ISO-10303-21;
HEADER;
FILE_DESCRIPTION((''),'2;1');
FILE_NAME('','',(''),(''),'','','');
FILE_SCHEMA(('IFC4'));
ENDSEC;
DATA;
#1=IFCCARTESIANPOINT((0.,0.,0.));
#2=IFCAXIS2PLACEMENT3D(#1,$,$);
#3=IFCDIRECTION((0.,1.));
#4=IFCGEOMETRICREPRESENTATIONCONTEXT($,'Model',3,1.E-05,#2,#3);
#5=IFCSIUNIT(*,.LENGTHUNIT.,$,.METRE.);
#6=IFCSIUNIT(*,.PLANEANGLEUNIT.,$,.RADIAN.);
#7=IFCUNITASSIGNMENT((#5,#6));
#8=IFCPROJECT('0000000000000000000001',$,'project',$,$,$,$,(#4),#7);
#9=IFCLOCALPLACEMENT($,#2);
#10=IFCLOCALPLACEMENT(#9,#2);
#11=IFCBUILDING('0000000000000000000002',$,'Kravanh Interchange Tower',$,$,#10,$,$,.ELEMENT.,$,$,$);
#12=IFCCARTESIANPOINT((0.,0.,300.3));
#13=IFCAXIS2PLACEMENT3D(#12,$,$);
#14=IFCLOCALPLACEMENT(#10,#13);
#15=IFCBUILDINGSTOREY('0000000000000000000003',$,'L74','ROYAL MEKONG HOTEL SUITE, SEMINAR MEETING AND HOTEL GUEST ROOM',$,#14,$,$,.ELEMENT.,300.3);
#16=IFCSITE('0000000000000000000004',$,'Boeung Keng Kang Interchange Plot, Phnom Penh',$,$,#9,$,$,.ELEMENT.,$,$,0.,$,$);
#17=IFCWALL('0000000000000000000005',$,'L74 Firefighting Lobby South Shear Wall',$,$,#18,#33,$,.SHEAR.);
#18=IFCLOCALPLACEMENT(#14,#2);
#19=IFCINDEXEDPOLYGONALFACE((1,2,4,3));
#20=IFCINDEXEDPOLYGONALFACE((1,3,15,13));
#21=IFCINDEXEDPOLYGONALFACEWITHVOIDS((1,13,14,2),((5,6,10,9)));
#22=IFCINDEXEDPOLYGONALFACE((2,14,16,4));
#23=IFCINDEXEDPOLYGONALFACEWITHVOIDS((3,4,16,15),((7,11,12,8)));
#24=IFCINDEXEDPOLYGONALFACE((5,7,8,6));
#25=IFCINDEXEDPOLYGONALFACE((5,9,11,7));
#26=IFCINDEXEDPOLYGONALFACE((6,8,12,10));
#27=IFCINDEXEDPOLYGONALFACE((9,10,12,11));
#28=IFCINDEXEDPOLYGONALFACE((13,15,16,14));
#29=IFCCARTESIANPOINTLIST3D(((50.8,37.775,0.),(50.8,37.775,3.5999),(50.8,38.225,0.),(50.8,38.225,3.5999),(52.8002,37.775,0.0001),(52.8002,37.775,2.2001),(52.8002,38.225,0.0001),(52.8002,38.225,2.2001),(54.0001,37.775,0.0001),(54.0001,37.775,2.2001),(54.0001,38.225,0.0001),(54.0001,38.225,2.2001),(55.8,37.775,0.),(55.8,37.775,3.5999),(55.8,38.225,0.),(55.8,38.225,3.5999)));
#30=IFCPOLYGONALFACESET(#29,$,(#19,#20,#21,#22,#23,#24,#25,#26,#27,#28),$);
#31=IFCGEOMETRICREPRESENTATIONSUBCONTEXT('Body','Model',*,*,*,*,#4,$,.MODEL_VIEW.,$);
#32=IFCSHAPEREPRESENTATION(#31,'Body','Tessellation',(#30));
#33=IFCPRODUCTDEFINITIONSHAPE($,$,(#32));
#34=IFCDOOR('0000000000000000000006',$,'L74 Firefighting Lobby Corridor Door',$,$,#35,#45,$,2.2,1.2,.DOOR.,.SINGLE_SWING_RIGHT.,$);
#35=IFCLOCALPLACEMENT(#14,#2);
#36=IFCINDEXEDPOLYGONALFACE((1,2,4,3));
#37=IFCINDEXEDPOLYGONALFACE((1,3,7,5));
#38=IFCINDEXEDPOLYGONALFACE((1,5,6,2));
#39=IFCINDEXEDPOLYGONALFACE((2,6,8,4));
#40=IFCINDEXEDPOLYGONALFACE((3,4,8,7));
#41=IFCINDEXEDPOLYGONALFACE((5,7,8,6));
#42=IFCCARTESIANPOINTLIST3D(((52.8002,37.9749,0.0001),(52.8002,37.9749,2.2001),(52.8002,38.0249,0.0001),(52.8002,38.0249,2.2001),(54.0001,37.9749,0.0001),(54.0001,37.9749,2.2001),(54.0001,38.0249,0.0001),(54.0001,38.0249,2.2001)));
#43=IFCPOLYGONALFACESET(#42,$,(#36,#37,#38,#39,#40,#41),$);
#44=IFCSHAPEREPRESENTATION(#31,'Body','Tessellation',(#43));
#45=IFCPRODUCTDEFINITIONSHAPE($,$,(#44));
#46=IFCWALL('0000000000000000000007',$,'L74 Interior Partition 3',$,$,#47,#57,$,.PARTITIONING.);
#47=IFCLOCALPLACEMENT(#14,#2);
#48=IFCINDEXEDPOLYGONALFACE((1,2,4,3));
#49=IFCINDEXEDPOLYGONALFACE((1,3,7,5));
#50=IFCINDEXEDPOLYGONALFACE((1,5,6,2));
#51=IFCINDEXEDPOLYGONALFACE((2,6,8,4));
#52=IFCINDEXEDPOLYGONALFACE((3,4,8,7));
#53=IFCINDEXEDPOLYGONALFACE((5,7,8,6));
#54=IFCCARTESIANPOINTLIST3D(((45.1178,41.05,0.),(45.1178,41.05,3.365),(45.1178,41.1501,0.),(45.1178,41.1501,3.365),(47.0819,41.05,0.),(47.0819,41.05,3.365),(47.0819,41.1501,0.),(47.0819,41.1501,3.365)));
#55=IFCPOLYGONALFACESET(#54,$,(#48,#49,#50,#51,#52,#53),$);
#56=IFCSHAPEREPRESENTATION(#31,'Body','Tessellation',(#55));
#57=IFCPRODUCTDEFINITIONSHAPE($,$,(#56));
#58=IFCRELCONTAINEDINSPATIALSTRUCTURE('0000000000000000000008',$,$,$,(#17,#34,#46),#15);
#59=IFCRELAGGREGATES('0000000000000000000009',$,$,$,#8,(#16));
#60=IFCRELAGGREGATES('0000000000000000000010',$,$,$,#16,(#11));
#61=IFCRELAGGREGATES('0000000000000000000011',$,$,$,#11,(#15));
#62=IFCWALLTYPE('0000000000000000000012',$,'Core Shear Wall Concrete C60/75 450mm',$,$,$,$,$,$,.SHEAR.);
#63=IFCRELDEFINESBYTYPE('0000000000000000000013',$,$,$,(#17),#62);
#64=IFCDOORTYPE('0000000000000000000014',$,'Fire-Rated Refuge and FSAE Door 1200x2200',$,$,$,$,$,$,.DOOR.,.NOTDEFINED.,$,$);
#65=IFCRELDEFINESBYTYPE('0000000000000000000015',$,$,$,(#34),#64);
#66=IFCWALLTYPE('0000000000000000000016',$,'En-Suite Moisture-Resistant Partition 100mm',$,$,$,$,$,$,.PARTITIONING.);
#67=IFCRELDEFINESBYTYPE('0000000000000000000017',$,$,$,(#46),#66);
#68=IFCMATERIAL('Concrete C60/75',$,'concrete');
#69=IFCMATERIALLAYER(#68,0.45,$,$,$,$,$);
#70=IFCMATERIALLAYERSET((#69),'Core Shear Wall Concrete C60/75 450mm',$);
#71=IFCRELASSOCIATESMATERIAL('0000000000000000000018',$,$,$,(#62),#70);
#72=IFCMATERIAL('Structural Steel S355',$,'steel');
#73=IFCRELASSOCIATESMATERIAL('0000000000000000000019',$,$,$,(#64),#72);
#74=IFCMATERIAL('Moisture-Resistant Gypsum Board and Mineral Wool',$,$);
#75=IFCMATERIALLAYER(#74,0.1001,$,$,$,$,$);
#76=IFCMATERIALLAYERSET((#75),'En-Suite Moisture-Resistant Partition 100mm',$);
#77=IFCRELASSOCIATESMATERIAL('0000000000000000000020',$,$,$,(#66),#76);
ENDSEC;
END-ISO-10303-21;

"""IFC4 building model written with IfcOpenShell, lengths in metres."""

from ifc_helpers import new_model, si_unit, direction, frame, frame_2d, origin, place, context, subcontext, project, spatial, rectangle, extrude, material, layer, layer_set, type_object, element, fill, save


model = new_model("IFC4")

# Units and contexts
model_context = context("Model", 3, precision=1e-05, world=origin(), true_north=direction((0.0, 1.0)))
body_context = subcontext(model_context, "Body", "Model", "MODEL_VIEW")
ifc_project = project(units=[si_unit("LENGTHUNIT", "METRE"), si_unit("PLANEANGLEUNIT", "RADIAN")], contexts=[model_context])

# Site, building, storey
site_placement = place(None, origin())
site = spatial("IfcSite", under=ifc_project, at=site_placement, Name="Boeung Keng Kang Interchange Plot, Phnom Penh", CompositionType="ELEMENT", RefElevation=0.0)
building_placement = place(site_placement, origin())
building = spatial("IfcBuilding", under=site, at=building_placement, Name="Kravanh Interchange Tower", CompositionType="ELEMENT")
storey_placement = place(building_placement, frame((0.0, 0.0, 300.3)))
storey = spatial("IfcBuildingStorey", under=building, at=storey_placement, Name="L74", Description="ROYAL MEKONG HOTEL SUITE, SEMINAR MEETING AND HOTEL GUEST ROOM", CompositionType="ELEMENT", Elevation=300.3)

# Shared definitions
ifc_material_1 = material(Name="Concrete C60/75", Category="concrete")
ifc_layer_1 = layer(ifc_material_1, 0.45)
ifc_layer_set_1 = layer_set([ifc_layer_1], Name="Core Shear Wall Concrete C60/75 450mm")
wall_type_1 = type_object("IfcWallType", Name="Core Shear Wall Concrete C60/75 450mm", PredefinedType="SHEAR", material=ifc_layer_set_1)

# Wall, opening, door
wall_1_placement = place(storey_placement, frame((50.8, 38.0, 0.0), z_axis=(0.0, 0.0, 1.0), x_axis=(1.0, 0.0, 0.0)))
wall_1 = element("IfcWall", 1, at=wall_1_placement, inside=storey, type_object=wall_type_1, Name="L74 Firefighting Lobby South Shear Wall", PredefinedType="SHEAR", context=body_context, shape_type="SweptSolid", body=[
    extrude(rectangle(XDim=5.0, YDim=0.45, at=frame_2d((2.5, 0.0))), origin(), (0.0, 0.0, 1.0), 3.5999),
])
opening_1_placement = place(wall_1_placement, frame((2.0, 0.0, 0.0)))
opening_1 = element("IfcOpeningElement", 2, at=opening_1_placement, cuts=wall_1, PredefinedType="OPENING", context=body_context, shape_type="SweptSolid", body=[
    extrude(rectangle(XDim=1.2, YDim=2.2, at=frame_2d((0.6001, 1.1001))), frame((0.0, 0.2349, 0.0), z_axis=(0.0, -1.0, 0.0), x_axis=(1.0, 0.0, 0.0)), (0.0, 0.0, 1.0), 0.47),
])
ifc_material_2 = material(Name="Structural Steel S355", Category="steel")
door_type_1 = type_object("IfcDoorType", Name="Fire-Rated Refuge and FSAE Door 1200x2200", OperationType="NOTDEFINED", PredefinedType="DOOR", material=ifc_material_2)
door_1_placement = place(opening_1_placement, origin())
door_1 = element("IfcDoor", 3, at=door_1_placement, inside=storey, type_object=door_type_1, Name="L74 Firefighting Lobby Corridor Door", OperationType="SINGLE_SWING_RIGHT", OverallHeight=2.2, OverallWidth=1.2, PredefinedType="DOOR", context=body_context, shape_type="SweptSolid", body=[
    extrude(rectangle(XDim=1.2, YDim=2.2, at=frame_2d((0.6001, 1.1001))), frame((0.0, 0.0249, 0.0), z_axis=(0.0, -1.0, 0.0), x_axis=(1.0, 0.0, 0.0)), (0.0, 0.0, 1.0), 0.05),
])
fill(opening_1, door_1)

# Wall
ifc_material_3 = material(Name="Moisture-Resistant Gypsum Board and Mineral Wool")
ifc_layer_2 = layer(ifc_material_3, 0.1001)
ifc_layer_set_2 = layer_set([ifc_layer_2], Name="En-Suite Moisture-Resistant Partition 100mm")
wall_type_2 = type_object("IfcWallType", Name="En-Suite Moisture-Resistant Partition 100mm", PredefinedType="PARTITIONING", material=ifc_layer_set_2)
wall_2_placement = place(storey_placement, frame((45.1179, 41.1001, 0.0), z_axis=(0.0, 0.0, 1.0), x_axis=(1.0, 0.0, 0.0)))
element("IfcWall", 4, at=wall_2_placement, inside=storey, type_object=wall_type_2, Name="L74 Interior Partition 3", PredefinedType="PARTITIONING", context=body_context, shape_type="SweptSolid", body=[
    extrude(rectangle(XDim=1.9641, YDim=0.1001, at=frame_2d((0.9819, 0.0))), origin(), (0.0, 0.0, 1.0), 3.365),
])

save(model, "model.ifc")
